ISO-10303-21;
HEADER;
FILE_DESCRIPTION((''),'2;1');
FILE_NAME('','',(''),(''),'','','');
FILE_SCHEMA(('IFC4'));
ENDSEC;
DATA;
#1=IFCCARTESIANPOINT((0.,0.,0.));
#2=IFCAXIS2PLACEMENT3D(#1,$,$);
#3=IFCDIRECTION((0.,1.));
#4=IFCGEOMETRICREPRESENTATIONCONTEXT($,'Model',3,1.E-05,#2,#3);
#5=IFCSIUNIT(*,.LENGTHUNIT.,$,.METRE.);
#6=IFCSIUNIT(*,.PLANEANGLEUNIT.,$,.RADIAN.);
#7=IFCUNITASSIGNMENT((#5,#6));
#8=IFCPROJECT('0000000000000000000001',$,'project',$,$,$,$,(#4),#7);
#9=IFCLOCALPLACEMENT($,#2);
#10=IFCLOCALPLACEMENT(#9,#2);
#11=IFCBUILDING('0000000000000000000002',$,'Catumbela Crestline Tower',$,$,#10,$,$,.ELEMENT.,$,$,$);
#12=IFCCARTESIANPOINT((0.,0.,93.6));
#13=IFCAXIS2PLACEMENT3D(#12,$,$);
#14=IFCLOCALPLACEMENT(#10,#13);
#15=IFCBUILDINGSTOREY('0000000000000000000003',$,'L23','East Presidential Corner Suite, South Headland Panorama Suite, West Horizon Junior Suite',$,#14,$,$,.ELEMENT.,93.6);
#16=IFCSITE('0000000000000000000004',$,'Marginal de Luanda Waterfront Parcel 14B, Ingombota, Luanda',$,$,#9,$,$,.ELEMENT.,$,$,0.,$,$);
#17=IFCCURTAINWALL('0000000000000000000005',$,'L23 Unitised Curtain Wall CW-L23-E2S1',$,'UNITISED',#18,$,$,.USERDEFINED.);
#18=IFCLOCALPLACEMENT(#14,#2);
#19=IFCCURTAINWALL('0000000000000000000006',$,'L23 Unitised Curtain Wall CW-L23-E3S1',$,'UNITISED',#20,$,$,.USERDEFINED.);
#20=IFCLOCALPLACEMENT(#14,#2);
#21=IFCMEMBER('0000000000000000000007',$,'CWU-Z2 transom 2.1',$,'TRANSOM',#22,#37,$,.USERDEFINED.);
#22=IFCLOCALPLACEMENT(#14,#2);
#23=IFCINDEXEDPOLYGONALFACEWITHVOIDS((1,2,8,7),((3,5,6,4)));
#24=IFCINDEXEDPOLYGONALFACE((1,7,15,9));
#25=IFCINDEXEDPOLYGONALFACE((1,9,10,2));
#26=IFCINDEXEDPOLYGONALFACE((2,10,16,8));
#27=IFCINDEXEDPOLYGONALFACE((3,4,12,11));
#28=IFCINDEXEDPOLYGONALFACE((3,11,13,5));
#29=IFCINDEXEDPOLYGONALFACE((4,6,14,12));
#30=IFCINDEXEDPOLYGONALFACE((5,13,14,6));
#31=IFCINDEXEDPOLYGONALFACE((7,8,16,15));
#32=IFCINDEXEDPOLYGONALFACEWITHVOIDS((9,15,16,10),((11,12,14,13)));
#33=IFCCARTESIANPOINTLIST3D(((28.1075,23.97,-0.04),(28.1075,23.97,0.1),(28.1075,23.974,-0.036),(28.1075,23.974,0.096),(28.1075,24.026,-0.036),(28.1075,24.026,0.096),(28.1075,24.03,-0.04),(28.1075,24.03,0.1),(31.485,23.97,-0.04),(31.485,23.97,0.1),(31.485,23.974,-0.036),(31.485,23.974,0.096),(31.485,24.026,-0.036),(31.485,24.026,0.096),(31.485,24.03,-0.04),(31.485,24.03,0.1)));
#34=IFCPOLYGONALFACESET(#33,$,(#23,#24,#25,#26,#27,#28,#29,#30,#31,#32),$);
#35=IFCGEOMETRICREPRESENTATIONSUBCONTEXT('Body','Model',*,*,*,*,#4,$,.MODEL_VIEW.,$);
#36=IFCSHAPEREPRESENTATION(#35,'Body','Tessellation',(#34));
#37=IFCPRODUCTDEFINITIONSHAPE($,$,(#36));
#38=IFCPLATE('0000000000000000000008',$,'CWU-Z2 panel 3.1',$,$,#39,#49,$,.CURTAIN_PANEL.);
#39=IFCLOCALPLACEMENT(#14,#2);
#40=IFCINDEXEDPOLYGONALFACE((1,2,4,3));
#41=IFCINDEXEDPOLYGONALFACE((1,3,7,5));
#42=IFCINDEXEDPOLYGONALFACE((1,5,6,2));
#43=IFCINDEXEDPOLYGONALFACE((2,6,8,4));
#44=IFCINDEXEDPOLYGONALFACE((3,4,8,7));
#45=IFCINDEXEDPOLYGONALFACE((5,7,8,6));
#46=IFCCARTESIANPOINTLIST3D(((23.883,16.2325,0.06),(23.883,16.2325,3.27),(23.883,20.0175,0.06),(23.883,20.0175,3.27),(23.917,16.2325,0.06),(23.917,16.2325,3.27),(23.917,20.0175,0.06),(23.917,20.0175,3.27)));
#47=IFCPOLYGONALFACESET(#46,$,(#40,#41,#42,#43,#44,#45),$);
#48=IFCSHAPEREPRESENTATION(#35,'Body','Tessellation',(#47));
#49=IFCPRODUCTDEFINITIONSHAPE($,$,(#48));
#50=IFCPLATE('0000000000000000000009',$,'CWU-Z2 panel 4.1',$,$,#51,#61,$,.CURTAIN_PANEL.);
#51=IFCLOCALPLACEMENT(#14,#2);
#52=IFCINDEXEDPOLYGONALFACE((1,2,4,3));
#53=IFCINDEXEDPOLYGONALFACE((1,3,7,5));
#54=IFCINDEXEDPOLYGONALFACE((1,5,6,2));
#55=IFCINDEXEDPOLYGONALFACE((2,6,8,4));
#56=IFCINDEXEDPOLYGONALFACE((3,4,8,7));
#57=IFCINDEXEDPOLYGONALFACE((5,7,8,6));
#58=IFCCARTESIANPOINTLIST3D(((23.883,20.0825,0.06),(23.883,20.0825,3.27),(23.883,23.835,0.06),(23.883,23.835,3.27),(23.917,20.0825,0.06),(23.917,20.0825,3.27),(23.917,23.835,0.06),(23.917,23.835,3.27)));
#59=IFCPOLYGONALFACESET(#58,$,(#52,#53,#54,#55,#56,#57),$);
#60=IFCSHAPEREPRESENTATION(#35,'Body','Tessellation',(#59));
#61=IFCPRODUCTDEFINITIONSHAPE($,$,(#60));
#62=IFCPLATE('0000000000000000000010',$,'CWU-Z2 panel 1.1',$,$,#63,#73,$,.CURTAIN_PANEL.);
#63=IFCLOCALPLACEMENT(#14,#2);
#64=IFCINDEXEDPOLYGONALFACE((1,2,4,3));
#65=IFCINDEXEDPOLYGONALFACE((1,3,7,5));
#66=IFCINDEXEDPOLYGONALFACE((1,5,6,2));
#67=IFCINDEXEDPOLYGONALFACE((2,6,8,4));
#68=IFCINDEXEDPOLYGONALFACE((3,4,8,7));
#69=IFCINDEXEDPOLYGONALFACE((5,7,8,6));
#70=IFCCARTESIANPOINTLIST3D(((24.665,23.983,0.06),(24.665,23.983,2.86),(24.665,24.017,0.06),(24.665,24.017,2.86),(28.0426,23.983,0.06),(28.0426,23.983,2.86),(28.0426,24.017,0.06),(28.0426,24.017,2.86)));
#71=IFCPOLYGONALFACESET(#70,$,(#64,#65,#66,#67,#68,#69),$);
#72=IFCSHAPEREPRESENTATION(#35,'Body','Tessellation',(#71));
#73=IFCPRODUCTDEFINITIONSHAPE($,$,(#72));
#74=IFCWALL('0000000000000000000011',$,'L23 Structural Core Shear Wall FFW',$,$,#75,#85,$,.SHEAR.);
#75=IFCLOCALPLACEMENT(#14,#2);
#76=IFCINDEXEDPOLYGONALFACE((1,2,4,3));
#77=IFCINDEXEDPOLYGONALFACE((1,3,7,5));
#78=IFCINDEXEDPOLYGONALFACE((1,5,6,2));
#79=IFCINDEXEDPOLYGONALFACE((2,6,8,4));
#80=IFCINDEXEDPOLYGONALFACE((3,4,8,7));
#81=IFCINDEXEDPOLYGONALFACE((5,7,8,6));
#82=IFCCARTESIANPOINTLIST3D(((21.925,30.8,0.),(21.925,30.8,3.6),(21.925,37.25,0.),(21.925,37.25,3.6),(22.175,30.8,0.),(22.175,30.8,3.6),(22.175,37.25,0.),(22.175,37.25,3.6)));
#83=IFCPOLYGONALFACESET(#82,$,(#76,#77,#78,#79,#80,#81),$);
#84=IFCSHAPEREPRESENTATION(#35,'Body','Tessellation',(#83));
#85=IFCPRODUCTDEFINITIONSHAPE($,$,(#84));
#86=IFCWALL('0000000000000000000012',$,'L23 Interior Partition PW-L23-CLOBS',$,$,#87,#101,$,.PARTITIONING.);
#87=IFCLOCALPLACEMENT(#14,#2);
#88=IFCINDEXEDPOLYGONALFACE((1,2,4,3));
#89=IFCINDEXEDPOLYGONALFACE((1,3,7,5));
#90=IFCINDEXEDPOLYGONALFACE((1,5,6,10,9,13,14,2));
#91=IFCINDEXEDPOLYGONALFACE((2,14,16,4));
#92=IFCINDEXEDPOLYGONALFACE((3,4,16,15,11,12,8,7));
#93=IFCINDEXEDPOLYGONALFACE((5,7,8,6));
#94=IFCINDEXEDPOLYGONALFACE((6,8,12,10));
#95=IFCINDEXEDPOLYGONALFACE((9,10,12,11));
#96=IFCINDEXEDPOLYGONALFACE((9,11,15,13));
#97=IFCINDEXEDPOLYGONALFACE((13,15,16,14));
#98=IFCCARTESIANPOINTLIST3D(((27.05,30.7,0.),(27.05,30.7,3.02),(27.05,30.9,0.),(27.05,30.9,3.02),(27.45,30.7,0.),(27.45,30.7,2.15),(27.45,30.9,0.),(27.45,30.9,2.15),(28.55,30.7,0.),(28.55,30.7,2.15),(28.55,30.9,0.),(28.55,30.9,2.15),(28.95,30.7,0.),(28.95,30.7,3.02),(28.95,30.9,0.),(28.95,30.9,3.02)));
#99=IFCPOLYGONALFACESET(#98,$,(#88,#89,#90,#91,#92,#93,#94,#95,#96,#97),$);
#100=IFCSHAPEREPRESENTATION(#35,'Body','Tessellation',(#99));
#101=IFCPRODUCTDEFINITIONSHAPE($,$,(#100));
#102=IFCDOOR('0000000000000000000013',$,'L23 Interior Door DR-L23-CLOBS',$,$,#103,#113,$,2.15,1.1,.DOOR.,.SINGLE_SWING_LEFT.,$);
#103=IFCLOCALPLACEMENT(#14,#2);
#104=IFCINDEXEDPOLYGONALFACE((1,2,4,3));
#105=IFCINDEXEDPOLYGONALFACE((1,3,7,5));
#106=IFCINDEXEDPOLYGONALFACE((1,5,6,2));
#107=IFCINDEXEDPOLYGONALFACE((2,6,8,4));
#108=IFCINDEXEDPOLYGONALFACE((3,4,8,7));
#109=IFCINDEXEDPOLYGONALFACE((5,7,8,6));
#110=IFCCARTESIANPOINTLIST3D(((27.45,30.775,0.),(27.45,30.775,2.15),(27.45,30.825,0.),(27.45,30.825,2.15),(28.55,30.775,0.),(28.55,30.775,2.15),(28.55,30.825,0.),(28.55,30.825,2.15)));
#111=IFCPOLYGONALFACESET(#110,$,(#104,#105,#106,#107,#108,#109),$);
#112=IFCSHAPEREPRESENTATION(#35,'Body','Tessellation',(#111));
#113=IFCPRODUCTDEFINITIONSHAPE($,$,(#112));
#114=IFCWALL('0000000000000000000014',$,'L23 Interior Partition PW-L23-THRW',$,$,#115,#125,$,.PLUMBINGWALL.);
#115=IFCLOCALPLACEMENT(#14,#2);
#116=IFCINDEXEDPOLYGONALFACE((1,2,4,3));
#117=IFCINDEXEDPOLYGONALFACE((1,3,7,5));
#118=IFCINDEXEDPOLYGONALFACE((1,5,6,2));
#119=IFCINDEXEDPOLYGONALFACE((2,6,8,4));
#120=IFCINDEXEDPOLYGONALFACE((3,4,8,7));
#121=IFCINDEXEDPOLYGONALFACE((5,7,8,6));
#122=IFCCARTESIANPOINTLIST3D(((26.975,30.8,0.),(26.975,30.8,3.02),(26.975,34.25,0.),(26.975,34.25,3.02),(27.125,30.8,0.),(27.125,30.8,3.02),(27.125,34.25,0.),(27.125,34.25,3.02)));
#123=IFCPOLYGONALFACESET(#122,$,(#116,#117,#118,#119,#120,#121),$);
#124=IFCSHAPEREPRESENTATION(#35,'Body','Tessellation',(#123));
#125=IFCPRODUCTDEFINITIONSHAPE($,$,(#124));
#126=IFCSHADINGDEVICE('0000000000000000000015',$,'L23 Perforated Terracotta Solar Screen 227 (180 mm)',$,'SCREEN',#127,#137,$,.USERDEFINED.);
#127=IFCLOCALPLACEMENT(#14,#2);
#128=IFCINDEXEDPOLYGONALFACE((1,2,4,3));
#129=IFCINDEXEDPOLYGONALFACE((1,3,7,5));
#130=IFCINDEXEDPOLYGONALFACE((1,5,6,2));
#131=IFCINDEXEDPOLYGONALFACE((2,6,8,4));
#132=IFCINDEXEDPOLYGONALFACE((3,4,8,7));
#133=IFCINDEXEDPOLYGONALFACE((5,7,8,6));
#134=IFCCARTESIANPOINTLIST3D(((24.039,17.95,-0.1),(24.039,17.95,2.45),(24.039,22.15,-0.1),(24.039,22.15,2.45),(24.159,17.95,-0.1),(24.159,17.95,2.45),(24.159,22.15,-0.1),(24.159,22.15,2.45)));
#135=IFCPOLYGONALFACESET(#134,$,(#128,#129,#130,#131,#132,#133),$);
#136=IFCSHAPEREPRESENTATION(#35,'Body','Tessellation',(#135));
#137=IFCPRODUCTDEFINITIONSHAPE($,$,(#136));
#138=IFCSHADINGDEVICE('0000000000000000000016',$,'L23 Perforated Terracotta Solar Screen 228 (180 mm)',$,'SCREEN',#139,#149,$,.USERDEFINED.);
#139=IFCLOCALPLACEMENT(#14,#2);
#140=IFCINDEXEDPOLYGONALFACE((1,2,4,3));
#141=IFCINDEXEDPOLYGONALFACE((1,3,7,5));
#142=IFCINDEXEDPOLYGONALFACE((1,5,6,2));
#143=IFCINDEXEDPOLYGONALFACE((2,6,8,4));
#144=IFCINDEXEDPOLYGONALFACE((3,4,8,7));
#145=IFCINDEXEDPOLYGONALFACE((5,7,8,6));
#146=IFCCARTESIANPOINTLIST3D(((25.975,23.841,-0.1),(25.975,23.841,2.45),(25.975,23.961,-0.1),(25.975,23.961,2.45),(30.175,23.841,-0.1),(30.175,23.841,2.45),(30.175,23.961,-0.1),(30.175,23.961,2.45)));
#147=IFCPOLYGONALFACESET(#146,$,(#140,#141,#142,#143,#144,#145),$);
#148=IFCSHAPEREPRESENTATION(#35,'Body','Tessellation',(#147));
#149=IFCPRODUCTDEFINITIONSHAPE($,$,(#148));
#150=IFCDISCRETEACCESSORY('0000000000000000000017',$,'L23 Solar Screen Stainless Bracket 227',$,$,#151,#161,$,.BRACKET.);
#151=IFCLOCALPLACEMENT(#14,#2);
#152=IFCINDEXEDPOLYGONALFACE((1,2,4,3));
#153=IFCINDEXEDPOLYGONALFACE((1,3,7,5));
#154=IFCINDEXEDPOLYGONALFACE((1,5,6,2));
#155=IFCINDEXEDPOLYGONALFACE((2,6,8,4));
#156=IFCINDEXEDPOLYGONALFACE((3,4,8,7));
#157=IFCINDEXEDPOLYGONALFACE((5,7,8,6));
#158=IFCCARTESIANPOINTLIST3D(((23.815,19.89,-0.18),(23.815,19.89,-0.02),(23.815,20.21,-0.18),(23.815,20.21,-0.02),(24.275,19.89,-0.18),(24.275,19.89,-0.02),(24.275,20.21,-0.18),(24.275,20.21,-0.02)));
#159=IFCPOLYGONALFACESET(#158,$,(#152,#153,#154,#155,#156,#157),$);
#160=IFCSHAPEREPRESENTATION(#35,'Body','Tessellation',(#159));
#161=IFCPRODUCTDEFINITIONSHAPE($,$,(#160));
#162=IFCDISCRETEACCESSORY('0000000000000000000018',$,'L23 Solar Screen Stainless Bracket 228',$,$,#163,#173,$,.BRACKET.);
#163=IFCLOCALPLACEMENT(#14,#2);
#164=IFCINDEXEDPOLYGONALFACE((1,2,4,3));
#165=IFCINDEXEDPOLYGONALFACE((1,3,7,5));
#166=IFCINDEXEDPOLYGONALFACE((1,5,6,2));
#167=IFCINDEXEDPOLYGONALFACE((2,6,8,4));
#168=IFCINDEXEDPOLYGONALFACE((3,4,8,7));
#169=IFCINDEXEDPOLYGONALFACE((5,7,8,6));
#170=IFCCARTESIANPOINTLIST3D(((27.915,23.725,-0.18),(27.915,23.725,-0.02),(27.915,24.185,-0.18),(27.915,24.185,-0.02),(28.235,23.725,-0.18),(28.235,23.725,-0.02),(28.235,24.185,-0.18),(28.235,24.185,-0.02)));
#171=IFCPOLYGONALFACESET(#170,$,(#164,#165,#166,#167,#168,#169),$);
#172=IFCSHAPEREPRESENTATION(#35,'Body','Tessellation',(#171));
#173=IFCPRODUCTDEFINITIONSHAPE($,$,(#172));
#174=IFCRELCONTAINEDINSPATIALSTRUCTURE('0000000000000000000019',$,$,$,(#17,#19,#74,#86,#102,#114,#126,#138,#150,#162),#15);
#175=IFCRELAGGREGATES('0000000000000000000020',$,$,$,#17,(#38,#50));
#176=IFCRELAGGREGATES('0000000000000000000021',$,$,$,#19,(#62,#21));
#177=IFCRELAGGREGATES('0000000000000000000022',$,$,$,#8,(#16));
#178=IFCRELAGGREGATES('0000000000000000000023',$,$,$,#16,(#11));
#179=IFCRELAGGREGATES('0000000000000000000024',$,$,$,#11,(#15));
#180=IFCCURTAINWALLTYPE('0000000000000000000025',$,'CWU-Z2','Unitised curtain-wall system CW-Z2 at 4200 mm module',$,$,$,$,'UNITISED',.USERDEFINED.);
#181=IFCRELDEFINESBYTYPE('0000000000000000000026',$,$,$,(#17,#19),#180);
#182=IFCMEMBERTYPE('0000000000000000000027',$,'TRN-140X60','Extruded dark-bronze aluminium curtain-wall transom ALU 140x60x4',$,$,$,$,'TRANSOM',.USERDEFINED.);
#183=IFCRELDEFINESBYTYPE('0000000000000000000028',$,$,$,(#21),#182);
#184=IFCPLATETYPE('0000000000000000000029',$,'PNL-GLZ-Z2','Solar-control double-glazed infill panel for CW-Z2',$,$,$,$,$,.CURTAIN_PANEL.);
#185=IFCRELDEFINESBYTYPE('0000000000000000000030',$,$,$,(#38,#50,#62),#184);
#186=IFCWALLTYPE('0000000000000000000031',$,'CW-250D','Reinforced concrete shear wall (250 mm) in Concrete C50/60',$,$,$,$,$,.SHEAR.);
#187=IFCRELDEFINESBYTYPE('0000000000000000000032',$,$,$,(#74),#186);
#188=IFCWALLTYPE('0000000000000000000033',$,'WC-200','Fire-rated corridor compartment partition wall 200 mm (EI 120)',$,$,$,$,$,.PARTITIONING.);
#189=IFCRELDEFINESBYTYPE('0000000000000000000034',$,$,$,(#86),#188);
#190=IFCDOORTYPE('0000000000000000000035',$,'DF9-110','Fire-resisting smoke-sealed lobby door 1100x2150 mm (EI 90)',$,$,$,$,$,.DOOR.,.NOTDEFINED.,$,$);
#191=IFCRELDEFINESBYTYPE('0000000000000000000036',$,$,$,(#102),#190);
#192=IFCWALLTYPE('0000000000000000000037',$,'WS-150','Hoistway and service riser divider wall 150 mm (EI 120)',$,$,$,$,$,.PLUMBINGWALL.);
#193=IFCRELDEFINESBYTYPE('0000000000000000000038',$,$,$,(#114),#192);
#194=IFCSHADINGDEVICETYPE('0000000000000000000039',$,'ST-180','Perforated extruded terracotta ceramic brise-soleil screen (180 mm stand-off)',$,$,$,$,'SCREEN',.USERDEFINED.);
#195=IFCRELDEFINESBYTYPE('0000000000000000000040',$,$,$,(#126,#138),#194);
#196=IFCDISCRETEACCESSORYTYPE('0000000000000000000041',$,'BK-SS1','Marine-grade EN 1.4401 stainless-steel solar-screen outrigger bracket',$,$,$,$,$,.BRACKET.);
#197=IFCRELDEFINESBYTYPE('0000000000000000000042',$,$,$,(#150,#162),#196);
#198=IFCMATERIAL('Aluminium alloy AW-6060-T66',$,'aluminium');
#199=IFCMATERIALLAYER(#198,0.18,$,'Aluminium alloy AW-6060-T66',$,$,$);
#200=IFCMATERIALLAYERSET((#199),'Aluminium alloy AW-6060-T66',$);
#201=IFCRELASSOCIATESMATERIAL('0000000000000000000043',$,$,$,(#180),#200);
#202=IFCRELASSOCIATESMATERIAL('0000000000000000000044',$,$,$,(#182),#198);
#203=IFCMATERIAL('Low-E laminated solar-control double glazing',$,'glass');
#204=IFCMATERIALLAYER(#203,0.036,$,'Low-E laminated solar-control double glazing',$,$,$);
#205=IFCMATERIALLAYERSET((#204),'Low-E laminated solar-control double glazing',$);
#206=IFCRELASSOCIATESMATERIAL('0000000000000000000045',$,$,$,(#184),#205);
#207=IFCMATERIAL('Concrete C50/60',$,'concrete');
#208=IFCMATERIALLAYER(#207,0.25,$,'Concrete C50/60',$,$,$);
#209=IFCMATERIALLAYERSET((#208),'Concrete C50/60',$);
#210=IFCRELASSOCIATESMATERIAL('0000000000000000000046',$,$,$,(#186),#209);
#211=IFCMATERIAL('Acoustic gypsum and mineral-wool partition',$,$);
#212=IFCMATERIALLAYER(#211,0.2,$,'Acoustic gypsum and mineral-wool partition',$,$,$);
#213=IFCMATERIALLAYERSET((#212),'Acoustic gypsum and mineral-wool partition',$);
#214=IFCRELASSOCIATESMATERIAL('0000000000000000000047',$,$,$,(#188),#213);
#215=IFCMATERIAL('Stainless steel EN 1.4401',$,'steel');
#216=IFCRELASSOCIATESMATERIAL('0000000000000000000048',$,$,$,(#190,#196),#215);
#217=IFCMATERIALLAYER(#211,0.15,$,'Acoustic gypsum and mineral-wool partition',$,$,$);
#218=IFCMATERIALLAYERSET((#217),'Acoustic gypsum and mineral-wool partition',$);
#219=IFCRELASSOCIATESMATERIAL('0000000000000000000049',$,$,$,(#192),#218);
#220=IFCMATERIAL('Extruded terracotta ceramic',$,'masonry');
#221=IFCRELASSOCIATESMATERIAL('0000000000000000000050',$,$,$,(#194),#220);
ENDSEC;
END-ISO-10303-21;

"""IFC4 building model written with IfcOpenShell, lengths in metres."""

from ifc_helpers import new_model, si_unit, direction, frame, frame_2d, origin, origin_2d, place, context, subcontext, project, spatial, rectangle, hollow_rectangle, extrude, material, layer, layer_set, material_profile, profile_set, type_object, element, fill, aggregate, save


model = new_model("IFC4")

# Units and contexts
model_context = context("Model", 3, precision=1e-05, world=origin(), true_north=direction((0.0, 1.0)))
body_context = subcontext(model_context, "Body", "Model", "MODEL_VIEW")
ifc_project = project(units=[si_unit("LENGTHUNIT", "METRE"), si_unit("PLANEANGLEUNIT", "RADIAN")], contexts=[model_context])

# Site, building, storey
site_placement = place(None, origin())
site = spatial("IfcSite", under=ifc_project, at=site_placement, Name="Marginal de Luanda Waterfront Parcel 14B, Ingombota, Luanda", CompositionType="ELEMENT", RefElevation=0.0)
building_placement = place(site_placement, origin())
building = spatial("IfcBuilding", under=site, at=building_placement, Name="Catumbela Crestline Tower", CompositionType="ELEMENT")
storey_placement = place(building_placement, frame((0.0, 0.0, 93.6)))
storey = spatial("IfcBuildingStorey", under=building, at=storey_placement, Name="L23", Description="East Presidential Corner Suite, South Headland Panorama Suite, West Horizon Junior Suite", CompositionType="ELEMENT", Elevation=93.6)

# Shared definitions
ifc_material_1 = material(Name="Concrete C50/60", Category="concrete")

# Curtain walls
ifc_material_2 = material(Name="Aluminium alloy AW-6060-T66", Category="aluminium")
ifc_layer_1 = layer(ifc_material_2, 0.18, Name="Aluminium alloy AW-6060-T66")
ifc_layer_set_1 = layer_set([ifc_layer_1], Name="Aluminium alloy AW-6060-T66")
curtain_wall_type = type_object("IfcCurtainWallType", Name="CWU-Z2", Description="Unitised curtain-wall system CW-Z2 at 4200 mm module", ElementType="UNITISED", PredefinedType="USERDEFINED", material=ifc_layer_set_1)
curtain_wall_1_placement = place(storey_placement, origin())
curtain_wall_1 = element("IfcCurtainWall", 1, at=curtain_wall_1_placement, inside=storey, type_object=curtain_wall_type, Name="L23 Unitised Curtain Wall CW-L23-E2S1", ObjectType="UNITISED", PredefinedType="USERDEFINED")
curtain_wall_2_placement = place(storey_placement, origin())
curtain_wall_2 = element("IfcCurtainWall", 2, at=curtain_wall_2_placement, inside=storey, type_object=curtain_wall_type, Name="L23 Unitised Curtain Wall CW-L23-E3S1", ObjectType="UNITISED", PredefinedType="USERDEFINED")

# Member
ifc_material_profile_1 = material_profile(ifc_material_2, hollow_rectangle(XDim=0.06, YDim=0.14, WallThickness=0.004, at=origin_2d()), Name="ALU 140x60x4")
ifc_profile_set_1 = profile_set([ifc_material_profile_1], Name="Aluminium alloy AW-6060-T66")
member_type_1 = type_object("IfcMemberType", Name="TRN-140X60", Description="Extruded dark-bronze aluminium curtain-wall transom ALU 140x60x4", ElementType="TRANSOM", PredefinedType="USERDEFINED", material=ifc_profile_set_1)
member_1_placement = place(storey_placement, frame((28.1075, 24.0, 0.03), z_axis=(1.0, 0.0, 0.0), x_axis=(0.0, 1.0, 0.0)))
member_1 = element("IfcMember", 3, at=member_1_placement, type_object=member_type_1, Name="CWU-Z2 transom 2.1", ObjectType="TRANSOM", PredefinedType="USERDEFINED", context=body_context, shape_type="SweptSolid", body=[
    extrude(hollow_rectangle(XDim=0.06, YDim=0.14, WallThickness=0.004, at=origin_2d()), origin(), (0.0, 0.0, 1.0), 3.3775),
])

# Plates
ifc_material_3 = material(Name="Low-E laminated solar-control double glazing", Category="glass")
ifc_layer_2 = layer(ifc_material_3, 0.036, Name="Low-E laminated solar-control double glazing")
ifc_layer_set_2 = layer_set([ifc_layer_2], Name="Low-E laminated solar-control double glazing")
plate_type = type_object("IfcPlateType", Name="PNL-GLZ-Z2", Description="Solar-control double-glazed infill panel for CW-Z2", PredefinedType="CURTAIN_PANEL", material=ifc_layer_set_2)
plate_1_placement = place(storey_placement, frame((23.9, 18.125, 0.06), z_axis=(0.0, 0.0, 1.0), x_axis=(0.0, 1.0, 0.0)))
plate_1 = element("IfcPlate", 4, at=plate_1_placement, type_object=plate_type, Name="CWU-Z2 panel 3.1", PredefinedType="CURTAIN_PANEL", context=body_context, shape_type="SweptSolid", body=[
    extrude(rectangle(XDim=3.785, YDim=0.034, at=origin_2d()), origin(), (0.0, 0.0, 1.0), 3.21),
])
plate_2_placement = place(storey_placement, frame((23.9, 21.9587, 0.06), z_axis=(0.0, 0.0, 1.0), x_axis=(0.0, 1.0, 0.0)))
plate_2 = element("IfcPlate", 5, at=plate_2_placement, type_object=plate_type, Name="CWU-Z2 panel 4.1", PredefinedType="CURTAIN_PANEL", context=body_context, shape_type="SweptSolid", body=[
    extrude(rectangle(XDim=3.7525, YDim=0.034, at=origin_2d()), origin(), (0.0, 0.0, 1.0), 3.21),
])
aggregate(curtain_wall_1, [plate_1, plate_2])
plate_3_placement = place(storey_placement, frame((26.3538, 24.0, 0.06), z_axis=(0.0, 0.0, 1.0), x_axis=(1.0, 0.0, 0.0)))
plate_3 = element("IfcPlate", 6, at=plate_3_placement, type_object=plate_type, Name="CWU-Z2 panel 1.1", PredefinedType="CURTAIN_PANEL", context=body_context, shape_type="SweptSolid", body=[
    extrude(rectangle(XDim=3.3775, YDim=0.034, at=origin_2d()), origin(), (0.0, 0.0, 1.0), 2.8),
])
aggregate(curtain_wall_2, [plate_3, member_1])

# Wall
ifc_layer_3 = layer(ifc_material_1, 0.25, Name="Concrete C50/60")
ifc_layer_set_3 = layer_set([ifc_layer_3], Name="Concrete C50/60")
wall_type_1 = type_object("IfcWallType", Name="CW-250D", Description="Reinforced concrete shear wall (250 mm) in Concrete C50/60", PredefinedType="SHEAR", material=ifc_layer_set_3)
wall_1_placement = place(storey_placement, frame((22.05, 30.8, 0.0), z_axis=(0.0, 0.0, 1.0), x_axis=(0.0, 1.0, 0.0)))
element("IfcWall", 7, at=wall_1_placement, inside=storey, type_object=wall_type_1, Name="L23 Structural Core Shear Wall FFW", PredefinedType="SHEAR", context=body_context, shape_type="SweptSolid", body=[
    extrude(rectangle(XDim=6.45, YDim=0.25, at=frame_2d((3.225, 0.0))), origin(), (0.0, 0.0, 1.0), 3.6),
])

# Wall, opening, door
ifc_material_4 = material(Name="Acoustic gypsum and mineral-wool partition")
ifc_layer_4 = layer(ifc_material_4, 0.2, Name="Acoustic gypsum and mineral-wool partition")
ifc_layer_set_4 = layer_set([ifc_layer_4], Name="Acoustic gypsum and mineral-wool partition")
wall_type_2 = type_object("IfcWallType", Name="WC-200", Description="Fire-rated corridor compartment partition wall 200 mm (EI 120)", PredefinedType="PARTITIONING", material=ifc_layer_set_4)
wall_2_placement = place(storey_placement, frame((27.05, 30.8, 0.0), z_axis=(0.0, 0.0, 1.0), x_axis=(1.0, 0.0, 0.0)))
wall_2 = element("IfcWall", 8, at=wall_2_placement, inside=storey, type_object=wall_type_2, Name="L23 Interior Partition PW-L23-CLOBS", PredefinedType="PARTITIONING", context=body_context, shape_type="SweptSolid", body=[
    extrude(rectangle(XDim=1.9, YDim=0.2, at=frame_2d((0.95, 0.0))), origin(), (0.0, 0.0, 1.0), 3.02),
])
opening_placement = place(wall_2_placement, frame((0.4, 0.0, 0.0)))
opening = element("IfcOpeningElement", 9, at=opening_placement, cuts=wall_2, PredefinedType="OPENING", context=body_context, shape_type="SweptSolid", body=[
    extrude(rectangle(XDim=1.1, YDim=2.15, at=frame_2d((0.55, 1.075))), frame((0.0, 0.11, 0.0), z_axis=(0.0, -1.0, 0.0), x_axis=(1.0, 0.0, 0.0)), (0.0, 0.0, 1.0), 0.22),
])
ifc_material_5 = material(Name="Stainless steel EN 1.4401", Category="steel")
door_type = type_object("IfcDoorType", Name="DF9-110", Description="Fire-resisting smoke-sealed lobby door 1100x2150 mm (EI 90)", OperationType="NOTDEFINED", PredefinedType="DOOR", material=ifc_material_5)
door_placement = place(opening_placement, origin())
door = element("IfcDoor", 10, at=door_placement, inside=storey, type_object=door_type, Name="L23 Interior Door DR-L23-CLOBS", OperationType="SINGLE_SWING_LEFT", OverallHeight=2.15, OverallWidth=1.1, PredefinedType="DOOR", context=body_context, shape_type="SweptSolid", body=[
    extrude(rectangle(XDim=1.1, YDim=2.15, at=frame_2d((0.55, 1.075))), frame((0.0, 0.025, 0.0), z_axis=(0.0, -1.0, 0.0), x_axis=(1.0, 0.0, 0.0)), (0.0, 0.0, 1.0), 0.05),
])
fill(opening, door)

# Wall
ifc_layer_5 = layer(ifc_material_4, 0.15, Name="Acoustic gypsum and mineral-wool partition")
ifc_layer_set_5 = layer_set([ifc_layer_5], Name="Acoustic gypsum and mineral-wool partition")
wall_type_3 = type_object("IfcWallType", Name="WS-150", Description="Hoistway and service riser divider wall 150 mm (EI 120)", PredefinedType="PLUMBINGWALL", material=ifc_layer_set_5)
wall_3_placement = place(storey_placement, frame((27.05, 30.8, 0.0), z_axis=(0.0, 0.0, 1.0), x_axis=(0.0, 1.0, 0.0)))
element("IfcWall", 11, at=wall_3_placement, inside=storey, type_object=wall_type_3, Name="L23 Interior Partition PW-L23-THRW", PredefinedType="PLUMBINGWALL", context=body_context, shape_type="SweptSolid", body=[
    extrude(rectangle(XDim=3.45, YDim=0.15, at=frame_2d((1.725, 0.0))), origin(), (0.0, 0.0, 1.0), 3.02),
])

# Shading devices
ifc_material_6 = material(Name="Extruded terracotta ceramic", Category="masonry")
shading_device_type = type_object("IfcShadingDeviceType", Name="ST-180", Description="Perforated extruded terracotta ceramic brise-soleil screen (180 mm stand-off)", ElementType="SCREEN", PredefinedType="USERDEFINED", material=ifc_material_6)
for number, where, z_axis, x_axis, name in (
    (12, (24.099, 20.05, -0.1), (0.0, 0.0, 1.0), (0.0, 1.0, 0.0), "L23 Perforated Terracotta Solar Screen 227 (180 mm)"),
    (13, (28.075, 23.901, -0.1), (0.0, 0.0, 1.0), (1.0, 0.0, 0.0), "L23 Perforated Terracotta Solar Screen 228 (180 mm)"),
):
    element("IfcShadingDevice", number, at=place(storey_placement, frame(where, z_axis=z_axis, x_axis=x_axis)), inside=storey, type_object=shading_device_type, Name=name, ObjectType="SCREEN", PredefinedType="USERDEFINED", context=body_context, shape_type="SweptSolid", body=[
        extrude(rectangle(XDim=4.2, YDim=0.12, at=origin_2d()), origin(), (0.0, 0.0, 1.0), 2.55),
    ])

# Discrete accessories
discrete_accessory_type = type_object("IfcDiscreteAccessoryType", Name="BK-SS1", Description="Marine-grade EN 1.4401 stainless-steel solar-screen outrigger bracket", PredefinedType="BRACKET", material=ifc_material_5)
for number, where, z_axis, x_axis, name in (
    (14, (24.045, 20.05, -0.18), (0.0, 0.0, 1.0), (0.0, 1.0, 0.0), "L23 Solar Screen Stainless Bracket 227"),
    (15, (28.075, 23.955, -0.18), (0.0, 0.0, 1.0), (1.0, 0.0, 0.0), "L23 Solar Screen Stainless Bracket 228"),
):
    element("IfcDiscreteAccessory", number, at=place(storey_placement, frame(where, z_axis=z_axis, x_axis=x_axis)), inside=storey, type_object=discrete_accessory_type, Name=name, PredefinedType="BRACKET", context=body_context, shape_type="SweptSolid", body=[
        extrude(rectangle(XDim=0.32, YDim=0.46, at=origin_2d()), origin(), (0.0, 0.0, 1.0), 0.16),
    ])

save(model, "model.ifc")
